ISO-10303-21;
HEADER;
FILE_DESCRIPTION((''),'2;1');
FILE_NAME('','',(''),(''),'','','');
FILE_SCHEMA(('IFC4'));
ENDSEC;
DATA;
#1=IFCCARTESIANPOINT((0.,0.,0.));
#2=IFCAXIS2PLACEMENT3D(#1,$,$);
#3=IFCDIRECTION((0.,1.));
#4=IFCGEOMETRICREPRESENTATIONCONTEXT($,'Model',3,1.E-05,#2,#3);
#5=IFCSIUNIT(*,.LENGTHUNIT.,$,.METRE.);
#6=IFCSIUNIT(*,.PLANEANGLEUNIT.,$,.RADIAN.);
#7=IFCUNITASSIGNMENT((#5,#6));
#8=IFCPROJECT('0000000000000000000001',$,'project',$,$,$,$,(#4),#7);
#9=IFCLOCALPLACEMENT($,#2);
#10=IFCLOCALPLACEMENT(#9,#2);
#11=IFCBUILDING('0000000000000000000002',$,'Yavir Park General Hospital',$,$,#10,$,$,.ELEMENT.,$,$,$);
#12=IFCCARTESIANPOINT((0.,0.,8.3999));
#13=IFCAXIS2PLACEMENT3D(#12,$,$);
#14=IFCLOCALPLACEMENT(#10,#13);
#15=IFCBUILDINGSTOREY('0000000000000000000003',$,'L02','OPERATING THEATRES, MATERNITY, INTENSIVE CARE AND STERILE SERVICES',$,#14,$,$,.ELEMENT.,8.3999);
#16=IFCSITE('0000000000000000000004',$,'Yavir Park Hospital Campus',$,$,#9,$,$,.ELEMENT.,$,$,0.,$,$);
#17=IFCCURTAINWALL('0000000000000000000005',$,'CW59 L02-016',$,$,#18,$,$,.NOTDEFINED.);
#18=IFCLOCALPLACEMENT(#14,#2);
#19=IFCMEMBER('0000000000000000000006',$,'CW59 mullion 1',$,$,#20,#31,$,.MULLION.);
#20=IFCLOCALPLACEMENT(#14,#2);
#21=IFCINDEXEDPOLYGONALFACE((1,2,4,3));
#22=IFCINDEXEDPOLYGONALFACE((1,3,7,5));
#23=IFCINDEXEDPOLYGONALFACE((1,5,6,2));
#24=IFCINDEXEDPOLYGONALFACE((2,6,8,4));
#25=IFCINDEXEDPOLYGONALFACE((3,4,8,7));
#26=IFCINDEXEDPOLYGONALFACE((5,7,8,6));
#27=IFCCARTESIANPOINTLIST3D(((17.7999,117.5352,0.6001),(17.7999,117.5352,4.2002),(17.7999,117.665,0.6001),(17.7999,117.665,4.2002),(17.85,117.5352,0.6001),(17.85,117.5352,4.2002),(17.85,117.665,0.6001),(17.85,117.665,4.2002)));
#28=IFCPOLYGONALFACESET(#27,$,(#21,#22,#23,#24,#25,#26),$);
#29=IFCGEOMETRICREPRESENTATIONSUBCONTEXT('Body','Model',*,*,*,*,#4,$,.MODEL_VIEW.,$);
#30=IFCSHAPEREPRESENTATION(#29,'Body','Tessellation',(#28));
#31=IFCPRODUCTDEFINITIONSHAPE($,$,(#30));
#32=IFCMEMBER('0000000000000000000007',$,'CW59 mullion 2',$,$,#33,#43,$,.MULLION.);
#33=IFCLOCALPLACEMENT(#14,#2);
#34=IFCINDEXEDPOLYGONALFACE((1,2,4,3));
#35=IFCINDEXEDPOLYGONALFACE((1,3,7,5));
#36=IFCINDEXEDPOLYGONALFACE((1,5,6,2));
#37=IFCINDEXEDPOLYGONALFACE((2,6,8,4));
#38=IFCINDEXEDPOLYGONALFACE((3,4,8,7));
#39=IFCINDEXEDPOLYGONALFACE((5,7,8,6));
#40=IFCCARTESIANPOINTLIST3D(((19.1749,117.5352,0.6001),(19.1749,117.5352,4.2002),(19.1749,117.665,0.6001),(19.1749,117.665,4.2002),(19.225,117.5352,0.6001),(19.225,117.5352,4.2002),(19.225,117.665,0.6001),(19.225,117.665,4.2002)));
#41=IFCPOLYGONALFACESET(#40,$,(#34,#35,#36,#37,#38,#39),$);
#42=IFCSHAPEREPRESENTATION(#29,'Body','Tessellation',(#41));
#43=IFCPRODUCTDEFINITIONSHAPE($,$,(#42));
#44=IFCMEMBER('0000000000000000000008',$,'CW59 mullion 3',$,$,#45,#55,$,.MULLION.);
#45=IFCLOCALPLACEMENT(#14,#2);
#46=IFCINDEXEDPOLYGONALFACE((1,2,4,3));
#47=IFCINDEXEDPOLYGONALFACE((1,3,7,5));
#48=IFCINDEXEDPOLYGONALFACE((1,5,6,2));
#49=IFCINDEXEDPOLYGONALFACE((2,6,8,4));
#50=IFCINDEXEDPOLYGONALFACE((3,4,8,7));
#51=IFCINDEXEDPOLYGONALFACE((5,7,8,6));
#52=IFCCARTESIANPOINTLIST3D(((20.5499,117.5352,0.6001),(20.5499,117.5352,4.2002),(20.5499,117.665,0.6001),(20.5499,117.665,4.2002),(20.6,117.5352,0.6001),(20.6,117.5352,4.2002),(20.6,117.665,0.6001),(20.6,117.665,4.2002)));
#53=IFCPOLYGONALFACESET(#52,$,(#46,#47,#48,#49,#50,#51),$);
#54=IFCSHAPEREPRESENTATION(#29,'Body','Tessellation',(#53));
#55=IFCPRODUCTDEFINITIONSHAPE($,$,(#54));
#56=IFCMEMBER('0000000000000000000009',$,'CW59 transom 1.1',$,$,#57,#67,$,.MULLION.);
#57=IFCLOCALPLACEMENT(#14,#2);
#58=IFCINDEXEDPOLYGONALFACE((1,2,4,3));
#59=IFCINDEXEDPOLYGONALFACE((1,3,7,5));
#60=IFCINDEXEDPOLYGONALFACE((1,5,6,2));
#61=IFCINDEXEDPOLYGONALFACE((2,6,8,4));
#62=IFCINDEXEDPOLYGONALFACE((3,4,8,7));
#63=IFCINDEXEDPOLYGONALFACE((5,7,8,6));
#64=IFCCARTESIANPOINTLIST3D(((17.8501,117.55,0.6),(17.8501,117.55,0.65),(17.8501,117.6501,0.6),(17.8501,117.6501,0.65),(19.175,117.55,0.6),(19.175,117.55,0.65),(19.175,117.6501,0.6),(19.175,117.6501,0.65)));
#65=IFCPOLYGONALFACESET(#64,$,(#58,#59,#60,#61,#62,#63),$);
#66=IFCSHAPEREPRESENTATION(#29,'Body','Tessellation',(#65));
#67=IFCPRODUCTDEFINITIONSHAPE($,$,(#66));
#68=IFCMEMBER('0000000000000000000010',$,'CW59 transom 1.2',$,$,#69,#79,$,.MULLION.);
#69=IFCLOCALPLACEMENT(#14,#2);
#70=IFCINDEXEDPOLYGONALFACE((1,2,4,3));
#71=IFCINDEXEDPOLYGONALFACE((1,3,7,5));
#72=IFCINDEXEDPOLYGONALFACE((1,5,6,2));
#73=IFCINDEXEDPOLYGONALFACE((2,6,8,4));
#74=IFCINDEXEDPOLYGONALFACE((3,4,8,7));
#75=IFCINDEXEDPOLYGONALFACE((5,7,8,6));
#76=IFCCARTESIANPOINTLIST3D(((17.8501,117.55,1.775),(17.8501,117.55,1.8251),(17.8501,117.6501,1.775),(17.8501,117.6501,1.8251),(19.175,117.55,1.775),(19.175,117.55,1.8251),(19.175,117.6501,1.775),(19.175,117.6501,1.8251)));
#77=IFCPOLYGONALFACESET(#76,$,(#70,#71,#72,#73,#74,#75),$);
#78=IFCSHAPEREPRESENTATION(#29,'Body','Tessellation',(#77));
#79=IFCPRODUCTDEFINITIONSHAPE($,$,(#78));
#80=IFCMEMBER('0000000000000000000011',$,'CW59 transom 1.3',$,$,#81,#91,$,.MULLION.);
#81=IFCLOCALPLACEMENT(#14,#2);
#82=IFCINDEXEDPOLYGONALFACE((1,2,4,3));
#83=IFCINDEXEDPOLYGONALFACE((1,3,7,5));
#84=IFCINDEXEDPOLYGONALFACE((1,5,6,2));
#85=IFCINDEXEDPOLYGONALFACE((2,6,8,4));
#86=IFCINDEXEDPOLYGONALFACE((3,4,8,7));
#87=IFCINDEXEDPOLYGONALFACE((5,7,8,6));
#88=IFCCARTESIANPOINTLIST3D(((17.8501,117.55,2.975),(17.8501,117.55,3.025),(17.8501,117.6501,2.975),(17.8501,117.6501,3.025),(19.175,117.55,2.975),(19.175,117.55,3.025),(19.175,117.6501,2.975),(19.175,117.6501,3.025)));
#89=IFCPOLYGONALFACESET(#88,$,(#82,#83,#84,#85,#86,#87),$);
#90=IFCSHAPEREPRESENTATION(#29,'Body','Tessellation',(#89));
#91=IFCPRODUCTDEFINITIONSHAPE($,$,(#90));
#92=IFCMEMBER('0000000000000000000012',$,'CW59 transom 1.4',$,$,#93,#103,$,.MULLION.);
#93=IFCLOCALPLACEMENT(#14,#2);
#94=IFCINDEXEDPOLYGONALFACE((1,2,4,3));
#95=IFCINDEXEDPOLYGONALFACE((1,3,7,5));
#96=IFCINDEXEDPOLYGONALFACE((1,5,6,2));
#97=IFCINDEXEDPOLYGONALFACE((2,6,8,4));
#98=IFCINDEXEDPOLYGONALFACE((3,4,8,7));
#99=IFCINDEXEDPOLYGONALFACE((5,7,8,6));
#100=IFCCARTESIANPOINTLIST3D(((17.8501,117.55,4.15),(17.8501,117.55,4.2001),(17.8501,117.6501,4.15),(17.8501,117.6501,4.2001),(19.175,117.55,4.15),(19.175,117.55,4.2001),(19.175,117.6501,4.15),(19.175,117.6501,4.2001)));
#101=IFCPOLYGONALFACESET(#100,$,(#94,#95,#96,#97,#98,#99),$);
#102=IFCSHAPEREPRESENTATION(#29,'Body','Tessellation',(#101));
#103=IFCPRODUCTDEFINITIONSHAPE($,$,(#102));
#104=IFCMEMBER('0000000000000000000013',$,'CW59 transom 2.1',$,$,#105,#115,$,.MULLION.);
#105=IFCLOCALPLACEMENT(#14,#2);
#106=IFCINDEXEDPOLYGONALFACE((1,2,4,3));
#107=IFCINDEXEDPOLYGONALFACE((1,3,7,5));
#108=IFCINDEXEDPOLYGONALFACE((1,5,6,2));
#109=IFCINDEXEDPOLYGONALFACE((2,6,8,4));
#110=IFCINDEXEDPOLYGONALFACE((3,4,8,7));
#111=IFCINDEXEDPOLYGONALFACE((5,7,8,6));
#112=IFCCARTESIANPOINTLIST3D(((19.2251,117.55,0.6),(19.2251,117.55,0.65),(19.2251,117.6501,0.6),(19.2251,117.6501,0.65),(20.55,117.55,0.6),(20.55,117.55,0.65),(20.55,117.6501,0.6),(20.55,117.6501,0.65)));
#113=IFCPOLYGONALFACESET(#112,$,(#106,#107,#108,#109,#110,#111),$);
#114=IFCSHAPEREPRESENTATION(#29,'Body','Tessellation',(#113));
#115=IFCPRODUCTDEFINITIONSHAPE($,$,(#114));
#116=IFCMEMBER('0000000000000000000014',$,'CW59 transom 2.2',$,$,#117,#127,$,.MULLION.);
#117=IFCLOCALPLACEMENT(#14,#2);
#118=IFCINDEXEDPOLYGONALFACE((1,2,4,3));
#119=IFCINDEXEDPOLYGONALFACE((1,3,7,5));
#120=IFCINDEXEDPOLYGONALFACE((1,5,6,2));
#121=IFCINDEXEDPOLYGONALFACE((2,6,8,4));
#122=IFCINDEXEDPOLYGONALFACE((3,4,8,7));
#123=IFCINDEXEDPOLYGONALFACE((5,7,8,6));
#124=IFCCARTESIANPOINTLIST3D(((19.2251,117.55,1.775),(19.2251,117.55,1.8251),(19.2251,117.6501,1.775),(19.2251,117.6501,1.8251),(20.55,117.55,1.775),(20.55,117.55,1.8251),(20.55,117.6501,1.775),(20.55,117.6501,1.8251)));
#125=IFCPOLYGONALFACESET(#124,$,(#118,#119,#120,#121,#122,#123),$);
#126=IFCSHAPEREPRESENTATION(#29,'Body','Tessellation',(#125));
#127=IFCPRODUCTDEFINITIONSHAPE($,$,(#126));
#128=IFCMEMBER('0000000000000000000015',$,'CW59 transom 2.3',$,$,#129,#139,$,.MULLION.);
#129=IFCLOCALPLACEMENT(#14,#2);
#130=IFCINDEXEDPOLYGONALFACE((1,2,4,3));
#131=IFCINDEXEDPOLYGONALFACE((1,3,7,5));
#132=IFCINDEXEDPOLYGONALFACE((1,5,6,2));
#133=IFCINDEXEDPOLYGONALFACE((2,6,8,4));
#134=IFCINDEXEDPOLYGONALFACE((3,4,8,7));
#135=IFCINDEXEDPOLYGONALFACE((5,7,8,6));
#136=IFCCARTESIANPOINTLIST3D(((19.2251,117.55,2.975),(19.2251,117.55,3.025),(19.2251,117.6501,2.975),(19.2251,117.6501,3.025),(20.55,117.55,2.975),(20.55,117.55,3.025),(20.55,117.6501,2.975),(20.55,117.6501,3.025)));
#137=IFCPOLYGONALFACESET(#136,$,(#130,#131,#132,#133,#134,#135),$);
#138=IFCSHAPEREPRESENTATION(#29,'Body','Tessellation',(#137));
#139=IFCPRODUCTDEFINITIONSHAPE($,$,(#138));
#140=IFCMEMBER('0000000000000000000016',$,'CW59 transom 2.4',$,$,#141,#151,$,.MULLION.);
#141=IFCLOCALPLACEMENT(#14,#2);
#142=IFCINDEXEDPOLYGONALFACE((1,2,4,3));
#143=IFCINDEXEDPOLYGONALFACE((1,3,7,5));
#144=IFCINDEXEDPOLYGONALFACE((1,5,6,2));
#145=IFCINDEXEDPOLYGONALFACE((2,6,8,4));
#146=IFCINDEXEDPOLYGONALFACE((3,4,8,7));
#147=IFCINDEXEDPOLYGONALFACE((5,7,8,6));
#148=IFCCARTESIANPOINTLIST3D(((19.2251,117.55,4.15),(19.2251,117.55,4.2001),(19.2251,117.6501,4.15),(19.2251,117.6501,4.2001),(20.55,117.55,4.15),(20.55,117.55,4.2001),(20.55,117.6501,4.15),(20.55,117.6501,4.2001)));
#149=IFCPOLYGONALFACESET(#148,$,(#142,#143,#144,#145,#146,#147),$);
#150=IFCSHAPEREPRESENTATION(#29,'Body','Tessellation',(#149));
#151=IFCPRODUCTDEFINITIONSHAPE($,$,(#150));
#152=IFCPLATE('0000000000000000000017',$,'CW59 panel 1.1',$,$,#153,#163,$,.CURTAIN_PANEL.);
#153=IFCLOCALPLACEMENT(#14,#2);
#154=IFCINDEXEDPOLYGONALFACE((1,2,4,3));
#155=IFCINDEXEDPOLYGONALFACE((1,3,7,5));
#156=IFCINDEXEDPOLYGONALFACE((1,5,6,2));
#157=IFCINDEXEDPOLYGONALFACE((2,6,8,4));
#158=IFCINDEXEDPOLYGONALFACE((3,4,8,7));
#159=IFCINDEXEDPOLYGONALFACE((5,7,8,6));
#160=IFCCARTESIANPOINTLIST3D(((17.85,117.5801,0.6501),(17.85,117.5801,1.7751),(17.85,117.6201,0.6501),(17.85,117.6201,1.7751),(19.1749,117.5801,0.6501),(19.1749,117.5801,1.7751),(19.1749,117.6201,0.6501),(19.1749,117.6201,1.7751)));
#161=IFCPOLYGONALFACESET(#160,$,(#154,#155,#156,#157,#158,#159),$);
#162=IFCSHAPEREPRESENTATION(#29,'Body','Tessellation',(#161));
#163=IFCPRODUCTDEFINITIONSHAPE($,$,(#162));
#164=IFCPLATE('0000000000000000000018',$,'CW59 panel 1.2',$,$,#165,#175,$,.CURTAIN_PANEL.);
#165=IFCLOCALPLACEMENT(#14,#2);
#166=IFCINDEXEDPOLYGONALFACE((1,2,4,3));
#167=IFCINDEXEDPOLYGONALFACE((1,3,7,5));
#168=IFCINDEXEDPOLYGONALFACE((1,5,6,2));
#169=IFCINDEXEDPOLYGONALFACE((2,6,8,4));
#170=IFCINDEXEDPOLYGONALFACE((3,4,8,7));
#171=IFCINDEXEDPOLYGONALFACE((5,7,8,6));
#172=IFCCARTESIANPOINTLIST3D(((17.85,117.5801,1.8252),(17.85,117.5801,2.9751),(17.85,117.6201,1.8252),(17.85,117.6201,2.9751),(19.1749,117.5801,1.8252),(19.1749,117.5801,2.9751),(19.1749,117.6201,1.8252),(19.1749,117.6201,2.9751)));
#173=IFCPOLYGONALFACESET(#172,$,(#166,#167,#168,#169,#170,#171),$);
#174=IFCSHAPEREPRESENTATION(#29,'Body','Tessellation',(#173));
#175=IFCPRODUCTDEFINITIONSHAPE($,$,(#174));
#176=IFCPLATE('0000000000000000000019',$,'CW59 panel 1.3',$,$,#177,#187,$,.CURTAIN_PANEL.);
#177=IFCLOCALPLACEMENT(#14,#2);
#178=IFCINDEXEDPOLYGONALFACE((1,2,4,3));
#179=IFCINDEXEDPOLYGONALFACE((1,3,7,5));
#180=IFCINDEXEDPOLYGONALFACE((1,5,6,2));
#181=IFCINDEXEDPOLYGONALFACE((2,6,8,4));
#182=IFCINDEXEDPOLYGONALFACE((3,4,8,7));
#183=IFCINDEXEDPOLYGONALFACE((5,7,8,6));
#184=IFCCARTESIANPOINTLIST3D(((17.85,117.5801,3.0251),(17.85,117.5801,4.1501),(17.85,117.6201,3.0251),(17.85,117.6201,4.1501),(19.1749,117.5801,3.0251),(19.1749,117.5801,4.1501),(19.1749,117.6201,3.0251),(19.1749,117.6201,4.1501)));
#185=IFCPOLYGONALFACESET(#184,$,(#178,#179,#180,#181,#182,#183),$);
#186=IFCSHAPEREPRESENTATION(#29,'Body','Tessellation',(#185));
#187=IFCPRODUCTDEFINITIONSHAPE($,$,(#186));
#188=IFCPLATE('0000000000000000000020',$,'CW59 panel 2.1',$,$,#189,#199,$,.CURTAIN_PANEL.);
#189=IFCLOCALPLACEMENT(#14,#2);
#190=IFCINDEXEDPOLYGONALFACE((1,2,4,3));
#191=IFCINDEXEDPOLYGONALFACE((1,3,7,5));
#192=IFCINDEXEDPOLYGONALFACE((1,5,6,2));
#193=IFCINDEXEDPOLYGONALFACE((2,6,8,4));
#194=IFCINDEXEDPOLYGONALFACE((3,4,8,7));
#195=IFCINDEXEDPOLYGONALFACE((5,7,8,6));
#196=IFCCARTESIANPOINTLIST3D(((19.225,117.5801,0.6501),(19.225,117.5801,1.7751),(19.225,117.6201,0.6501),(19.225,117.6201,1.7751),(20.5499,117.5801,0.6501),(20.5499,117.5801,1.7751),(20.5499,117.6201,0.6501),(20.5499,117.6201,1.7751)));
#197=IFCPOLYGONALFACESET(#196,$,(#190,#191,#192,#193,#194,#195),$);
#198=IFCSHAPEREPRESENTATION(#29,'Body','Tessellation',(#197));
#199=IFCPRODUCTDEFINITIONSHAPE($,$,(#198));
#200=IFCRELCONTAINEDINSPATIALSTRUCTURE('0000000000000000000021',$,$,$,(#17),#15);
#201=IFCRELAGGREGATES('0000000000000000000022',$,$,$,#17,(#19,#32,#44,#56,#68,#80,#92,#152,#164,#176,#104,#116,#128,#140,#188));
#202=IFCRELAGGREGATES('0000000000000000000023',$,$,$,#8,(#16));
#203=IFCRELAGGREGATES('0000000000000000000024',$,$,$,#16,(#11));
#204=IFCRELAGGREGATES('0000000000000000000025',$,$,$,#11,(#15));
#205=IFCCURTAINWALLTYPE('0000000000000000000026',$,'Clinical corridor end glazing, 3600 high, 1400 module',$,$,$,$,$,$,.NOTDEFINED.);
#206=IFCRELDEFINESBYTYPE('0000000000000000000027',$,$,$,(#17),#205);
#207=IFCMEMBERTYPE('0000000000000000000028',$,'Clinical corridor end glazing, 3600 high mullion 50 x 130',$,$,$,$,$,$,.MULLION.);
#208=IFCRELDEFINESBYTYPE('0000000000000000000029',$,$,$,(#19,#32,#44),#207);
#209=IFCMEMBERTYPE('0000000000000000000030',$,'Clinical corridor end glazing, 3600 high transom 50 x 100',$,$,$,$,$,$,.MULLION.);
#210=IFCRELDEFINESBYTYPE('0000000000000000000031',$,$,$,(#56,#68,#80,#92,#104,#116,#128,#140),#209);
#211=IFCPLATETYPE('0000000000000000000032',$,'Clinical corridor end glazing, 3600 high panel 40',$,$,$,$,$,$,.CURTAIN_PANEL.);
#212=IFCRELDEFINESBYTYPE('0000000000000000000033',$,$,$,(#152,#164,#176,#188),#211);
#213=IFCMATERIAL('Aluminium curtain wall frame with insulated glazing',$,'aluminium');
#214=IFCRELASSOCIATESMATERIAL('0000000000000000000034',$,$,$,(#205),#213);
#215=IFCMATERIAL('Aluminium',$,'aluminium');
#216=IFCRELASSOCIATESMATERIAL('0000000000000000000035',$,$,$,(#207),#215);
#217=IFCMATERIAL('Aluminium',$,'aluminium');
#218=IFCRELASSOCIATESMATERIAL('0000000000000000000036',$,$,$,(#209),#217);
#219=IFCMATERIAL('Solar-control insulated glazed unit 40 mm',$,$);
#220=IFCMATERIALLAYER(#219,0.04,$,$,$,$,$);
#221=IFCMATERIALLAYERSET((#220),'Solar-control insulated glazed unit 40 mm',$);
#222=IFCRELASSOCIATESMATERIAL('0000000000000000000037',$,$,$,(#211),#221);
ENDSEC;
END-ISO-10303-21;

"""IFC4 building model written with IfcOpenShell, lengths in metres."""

from ifc_helpers import new_model, si_unit, direction, frame, origin, origin_2d, place, context, subcontext, project, spatial, rectangle, extrude, material, layer, layer_set, material_profile, profile_set, type_object, element, aggregate, save


model = new_model("IFC4")

# Units and contexts
model_context = context("Model", 3, precision=1e-05, world=origin(), true_north=direction((0.0, 1.0)))
body_context = subcontext(model_context, "Body", "Model", "MODEL_VIEW")
ifc_project = project(units=[si_unit("LENGTHUNIT", "METRE"), si_unit("PLANEANGLEUNIT", "RADIAN")], contexts=[model_context])

# Site, building, storey
site_placement = place(None, origin())
site = spatial("IfcSite", under=ifc_project, at=site_placement, Name="Yavir Park Hospital Campus", CompositionType="ELEMENT", RefElevation=0.0)
building_placement = place(site_placement, origin())
building = spatial("IfcBuilding", under=site, at=building_placement, Name="Yavir Park General Hospital", CompositionType="ELEMENT")
storey_placement = place(building_placement, frame((0.0, 0.0, 8.3999)))
storey = spatial("IfcBuildingStorey", under=building, at=storey_placement, Name="L02", Description="OPERATING THEATRES, MATERNITY, INTENSIVE CARE AND STERILE SERVICES", CompositionType="ELEMENT", Elevation=8.3999)

# Curtain wall, members, plates
ifc_material_1 = material(Name="Aluminium curtain wall frame with insulated glazing", Category="aluminium")
curtain_wall_type = type_object("IfcCurtainWallType", Name="Clinical corridor end glazing, 3600 high, 1400 module", PredefinedType="NOTDEFINED", material=ifc_material_1)
curtain_wall_placement = place(storey_placement, origin())
curtain_wall = element("IfcCurtainWall", 1, at=curtain_wall_placement, inside=storey, type_object=curtain_wall_type, Name="CW59 L02-016", PredefinedType="NOTDEFINED")
ifc_material_2 = material(Name="Aluminium", Category="aluminium")
ifc_material_profile_1 = material_profile(ifc_material_2, rectangle(XDim=0.1299, YDim=0.05, at=origin_2d()), Name="AL 50x130")
ifc_profile_set_1 = profile_set([ifc_material_profile_1], Name="Aluminium")
member_type_1 = type_object("IfcMemberType", Name="Clinical corridor end glazing, 3600 high mullion 50 x 130", PredefinedType="MULLION", material=ifc_profile_set_1)
member_1_placement = place(storey_placement, frame((17.825, 117.6001, 0.6001), z_axis=(0.0, 0.0, 1.0), x_axis=(0.0, 1.0, 0.0)))
member_1 = element("IfcMember", 2, at=member_1_placement, type_object=member_type_1, Name="CW59 mullion 1", PredefinedType="MULLION", context=body_context, shape_type="SweptSolid", body=[
    extrude(rectangle(XDim=0.1299, YDim=0.05, at=origin_2d()), origin(), (0.0, 0.0, 1.0), 3.6001),
])
member_2_placement = place(storey_placement, frame((19.2, 117.6001, 0.6001), z_axis=(0.0, 0.0, 1.0), x_axis=(0.0, 1.0, 0.0)))
member_2 = element("IfcMember", 3, at=member_2_placement, type_object=member_type_1, Name="CW59 mullion 2", PredefinedType="MULLION", context=body_context, shape_type="SweptSolid", body=[
    extrude(rectangle(XDim=0.1299, YDim=0.05, at=origin_2d()), origin(), (0.0, 0.0, 1.0), 3.6001),
])
member_3_placement = place(storey_placement, frame((20.575, 117.6001, 0.6001), z_axis=(0.0, 0.0, 1.0), x_axis=(0.0, 1.0, 0.0)))
member_3 = element("IfcMember", 4, at=member_3_placement, type_object=member_type_1, Name="CW59 mullion 3", PredefinedType="MULLION", context=body_context, shape_type="SweptSolid", body=[
    extrude(rectangle(XDim=0.1299, YDim=0.05, at=origin_2d()), origin(), (0.0, 0.0, 1.0), 3.6001),
])
ifc_material_3 = material(Name="Aluminium", Category="aluminium")
ifc_material_profile_2 = material_profile(ifc_material_3, rectangle(XDim=0.1001, YDim=0.05, at=origin_2d()), Name="AL 100x50")
ifc_profile_set_2 = profile_set([ifc_material_profile_2], Name="Aluminium")
member_type_2 = type_object("IfcMemberType", Name="Clinical corridor end glazing, 3600 high transom 50 x 100", PredefinedType="MULLION", material=ifc_profile_set_2)
member_4_placement = place(storey_placement, frame((17.8501, 117.6001, 0.625), z_axis=(1.0, 0.0, 0.0), x_axis=(0.0, 1.0, 0.0)))
member_4 = element("IfcMember", 5, at=member_4_placement, type_object=member_type_2, Name="CW59 transom 1.1", PredefinedType="MULLION", context=body_context, shape_type="SweptSolid", body=[
    extrude(rectangle(XDim=0.1001, YDim=0.05, at=origin_2d()), origin(), (0.0, 0.0, 1.0), 1.325),
])
member_5_placement = place(storey_placement, frame((17.8501, 117.6001, 1.8), z_axis=(1.0, 0.0, 0.0), x_axis=(0.0, 1.0, 0.0)))
member_5 = element("IfcMember", 6, at=member_5_placement, type_object=member_type_2, Name="CW59 transom 1.2", PredefinedType="MULLION", context=body_context, shape_type="SweptSolid", body=[
    extrude(rectangle(XDim=0.1001, YDim=0.05, at=origin_2d()), origin(), (0.0, 0.0, 1.0), 1.325),
])
member_6_placement = place(storey_placement, frame((17.8501, 117.6001, 3.0), z_axis=(1.0, 0.0, 0.0), x_axis=(0.0, 1.0, 0.0)))
member_6 = element("IfcMember", 7, at=member_6_placement, type_object=member_type_2, Name="CW59 transom 1.3", PredefinedType="MULLION", context=body_context, shape_type="SweptSolid", body=[
    extrude(rectangle(XDim=0.1001, YDim=0.05, at=origin_2d()), origin(), (0.0, 0.0, 1.0), 1.325),
])
member_7_placement = place(storey_placement, frame((17.8501, 117.6001, 4.175), z_axis=(1.0, 0.0, 0.0), x_axis=(0.0, 1.0, 0.0)))
member_7 = element("IfcMember", 8, at=member_7_placement, type_object=member_type_2, Name="CW59 transom 1.4", PredefinedType="MULLION", context=body_context, shape_type="SweptSolid", body=[
    extrude(rectangle(XDim=0.1001, YDim=0.05, at=origin_2d()), origin(), (0.0, 0.0, 1.0), 1.325),
])
member_8_placement = place(storey_placement, frame((19.2251, 117.6001, 0.625), z_axis=(1.0, 0.0, 0.0), x_axis=(0.0, 1.0, 0.0)))
member_8 = element("IfcMember", 9, at=member_8_placement, type_object=member_type_2, Name="CW59 transom 2.1", PredefinedType="MULLION", context=body_context, shape_type="SweptSolid", body=[
    extrude(rectangle(XDim=0.1001, YDim=0.05, at=origin_2d()), origin(), (0.0, 0.0, 1.0), 1.325),
])
member_9_placement = place(storey_placement, frame((19.2251, 117.6001, 1.8), z_axis=(1.0, 0.0, 0.0), x_axis=(0.0, 1.0, 0.0)))
member_9 = element("IfcMember", 10, at=member_9_placement, type_object=member_type_2, Name="CW59 transom 2.2", PredefinedType="MULLION", context=body_context, shape_type="SweptSolid", body=[
    extrude(rectangle(XDim=0.1001, YDim=0.05, at=origin_2d()), origin(), (0.0, 0.0, 1.0), 1.325),
])
member_10_placement = place(storey_placement, frame((19.2251, 117.6001, 3.0), z_axis=(1.0, 0.0, 0.0), x_axis=(0.0, 1.0, 0.0)))
member_10 = element("IfcMember", 11, at=member_10_placement, type_object=member_type_2, Name="CW59 transom 2.3", PredefinedType="MULLION", context=body_context, shape_type="SweptSolid", body=[
    extrude(rectangle(XDim=0.1001, YDim=0.05, at=origin_2d()), origin(), (0.0, 0.0, 1.0), 1.325),
])
member_11_placement = place(storey_placement, frame((19.2251, 117.6001, 4.175), z_axis=(1.0, 0.0, 0.0), x_axis=(0.0, 1.0, 0.0)))
member_11 = element("IfcMember", 12, at=member_11_placement, type_object=member_type_2, Name="CW59 transom 2.4", PredefinedType="MULLION", context=body_context, shape_type="SweptSolid", body=[
    extrude(rectangle(XDim=0.1001, YDim=0.05, at=origin_2d()), origin(), (0.0, 0.0, 1.0), 1.325),
])
ifc_material_4 = material(Name="Solar-control insulated glazed unit 40 mm")
ifc_layer_1 = layer(ifc_material_4, 0.04)
ifc_layer_set_1 = layer_set([ifc_layer_1], Name="Solar-control insulated glazed unit 40 mm")
plate_type = type_object("IfcPlateType", Name="Clinical corridor end glazing, 3600 high panel 40", PredefinedType="CURTAIN_PANEL", material=ifc_layer_set_1)
plate_1_placement = place(storey_placement, frame((18.5125, 117.6001, 0.6501), z_axis=(0.0, 0.0, 1.0), x_axis=(1.0, 0.0, 0.0)))
plate_1 = element("IfcPlate", 13, at=plate_1_placement, type_object=plate_type, Name="CW59 panel 1.1", PredefinedType="CURTAIN_PANEL", context=body_context, shape_type="SweptSolid", body=[
    extrude(rectangle(XDim=1.325, YDim=0.04, at=origin_2d()), origin(), (0.0, 0.0, 1.0), 1.125),
])
plate_2_placement = place(storey_placement, frame((18.5125, 117.6001, 1.8252), z_axis=(0.0, 0.0, 1.0), x_axis=(1.0, 0.0, 0.0)))
plate_2 = element("IfcPlate", 14, at=plate_2_placement, type_object=plate_type, Name="CW59 panel 1.2", PredefinedType="CURTAIN_PANEL", context=body_context, shape_type="SweptSolid", body=[
    extrude(rectangle(XDim=1.325, YDim=0.04, at=origin_2d()), origin(), (0.0, 0.0, 1.0), 1.1499),
])
plate_3_placement = place(storey_placement, frame((18.5125, 117.6001, 3.0251), z_axis=(0.0, 0.0, 1.0), x_axis=(1.0, 0.0, 0.0)))
plate_3 = element("IfcPlate", 15, at=plate_3_placement, type_object=plate_type, Name="CW59 panel 1.3", PredefinedType="CURTAIN_PANEL", context=body_context, shape_type="SweptSolid", body=[
    extrude(rectangle(XDim=1.325, YDim=0.04, at=origin_2d()), origin(), (0.0, 0.0, 1.0), 1.125),
])
plate_4_placement = place(storey_placement, frame((19.8875, 117.6001, 0.6501), z_axis=(0.0, 0.0, 1.0), x_axis=(1.0, 0.0, 0.0)))
plate_4 = element("IfcPlate", 16, at=plate_4_placement, type_object=plate_type, Name="CW59 panel 2.1", PredefinedType="CURTAIN_PANEL", context=body_context, shape_type="SweptSolid", body=[
    extrude(rectangle(XDim=1.325, YDim=0.04, at=origin_2d()), origin(), (0.0, 0.0, 1.0), 1.125),
])
aggregate(curtain_wall, [member_1, member_2, member_3, member_4, member_5, member_6, member_7, plate_1, plate_2, plate_3, member_8, member_9, member_10, member_11, plate_4])

save(model, "model.ifc")
